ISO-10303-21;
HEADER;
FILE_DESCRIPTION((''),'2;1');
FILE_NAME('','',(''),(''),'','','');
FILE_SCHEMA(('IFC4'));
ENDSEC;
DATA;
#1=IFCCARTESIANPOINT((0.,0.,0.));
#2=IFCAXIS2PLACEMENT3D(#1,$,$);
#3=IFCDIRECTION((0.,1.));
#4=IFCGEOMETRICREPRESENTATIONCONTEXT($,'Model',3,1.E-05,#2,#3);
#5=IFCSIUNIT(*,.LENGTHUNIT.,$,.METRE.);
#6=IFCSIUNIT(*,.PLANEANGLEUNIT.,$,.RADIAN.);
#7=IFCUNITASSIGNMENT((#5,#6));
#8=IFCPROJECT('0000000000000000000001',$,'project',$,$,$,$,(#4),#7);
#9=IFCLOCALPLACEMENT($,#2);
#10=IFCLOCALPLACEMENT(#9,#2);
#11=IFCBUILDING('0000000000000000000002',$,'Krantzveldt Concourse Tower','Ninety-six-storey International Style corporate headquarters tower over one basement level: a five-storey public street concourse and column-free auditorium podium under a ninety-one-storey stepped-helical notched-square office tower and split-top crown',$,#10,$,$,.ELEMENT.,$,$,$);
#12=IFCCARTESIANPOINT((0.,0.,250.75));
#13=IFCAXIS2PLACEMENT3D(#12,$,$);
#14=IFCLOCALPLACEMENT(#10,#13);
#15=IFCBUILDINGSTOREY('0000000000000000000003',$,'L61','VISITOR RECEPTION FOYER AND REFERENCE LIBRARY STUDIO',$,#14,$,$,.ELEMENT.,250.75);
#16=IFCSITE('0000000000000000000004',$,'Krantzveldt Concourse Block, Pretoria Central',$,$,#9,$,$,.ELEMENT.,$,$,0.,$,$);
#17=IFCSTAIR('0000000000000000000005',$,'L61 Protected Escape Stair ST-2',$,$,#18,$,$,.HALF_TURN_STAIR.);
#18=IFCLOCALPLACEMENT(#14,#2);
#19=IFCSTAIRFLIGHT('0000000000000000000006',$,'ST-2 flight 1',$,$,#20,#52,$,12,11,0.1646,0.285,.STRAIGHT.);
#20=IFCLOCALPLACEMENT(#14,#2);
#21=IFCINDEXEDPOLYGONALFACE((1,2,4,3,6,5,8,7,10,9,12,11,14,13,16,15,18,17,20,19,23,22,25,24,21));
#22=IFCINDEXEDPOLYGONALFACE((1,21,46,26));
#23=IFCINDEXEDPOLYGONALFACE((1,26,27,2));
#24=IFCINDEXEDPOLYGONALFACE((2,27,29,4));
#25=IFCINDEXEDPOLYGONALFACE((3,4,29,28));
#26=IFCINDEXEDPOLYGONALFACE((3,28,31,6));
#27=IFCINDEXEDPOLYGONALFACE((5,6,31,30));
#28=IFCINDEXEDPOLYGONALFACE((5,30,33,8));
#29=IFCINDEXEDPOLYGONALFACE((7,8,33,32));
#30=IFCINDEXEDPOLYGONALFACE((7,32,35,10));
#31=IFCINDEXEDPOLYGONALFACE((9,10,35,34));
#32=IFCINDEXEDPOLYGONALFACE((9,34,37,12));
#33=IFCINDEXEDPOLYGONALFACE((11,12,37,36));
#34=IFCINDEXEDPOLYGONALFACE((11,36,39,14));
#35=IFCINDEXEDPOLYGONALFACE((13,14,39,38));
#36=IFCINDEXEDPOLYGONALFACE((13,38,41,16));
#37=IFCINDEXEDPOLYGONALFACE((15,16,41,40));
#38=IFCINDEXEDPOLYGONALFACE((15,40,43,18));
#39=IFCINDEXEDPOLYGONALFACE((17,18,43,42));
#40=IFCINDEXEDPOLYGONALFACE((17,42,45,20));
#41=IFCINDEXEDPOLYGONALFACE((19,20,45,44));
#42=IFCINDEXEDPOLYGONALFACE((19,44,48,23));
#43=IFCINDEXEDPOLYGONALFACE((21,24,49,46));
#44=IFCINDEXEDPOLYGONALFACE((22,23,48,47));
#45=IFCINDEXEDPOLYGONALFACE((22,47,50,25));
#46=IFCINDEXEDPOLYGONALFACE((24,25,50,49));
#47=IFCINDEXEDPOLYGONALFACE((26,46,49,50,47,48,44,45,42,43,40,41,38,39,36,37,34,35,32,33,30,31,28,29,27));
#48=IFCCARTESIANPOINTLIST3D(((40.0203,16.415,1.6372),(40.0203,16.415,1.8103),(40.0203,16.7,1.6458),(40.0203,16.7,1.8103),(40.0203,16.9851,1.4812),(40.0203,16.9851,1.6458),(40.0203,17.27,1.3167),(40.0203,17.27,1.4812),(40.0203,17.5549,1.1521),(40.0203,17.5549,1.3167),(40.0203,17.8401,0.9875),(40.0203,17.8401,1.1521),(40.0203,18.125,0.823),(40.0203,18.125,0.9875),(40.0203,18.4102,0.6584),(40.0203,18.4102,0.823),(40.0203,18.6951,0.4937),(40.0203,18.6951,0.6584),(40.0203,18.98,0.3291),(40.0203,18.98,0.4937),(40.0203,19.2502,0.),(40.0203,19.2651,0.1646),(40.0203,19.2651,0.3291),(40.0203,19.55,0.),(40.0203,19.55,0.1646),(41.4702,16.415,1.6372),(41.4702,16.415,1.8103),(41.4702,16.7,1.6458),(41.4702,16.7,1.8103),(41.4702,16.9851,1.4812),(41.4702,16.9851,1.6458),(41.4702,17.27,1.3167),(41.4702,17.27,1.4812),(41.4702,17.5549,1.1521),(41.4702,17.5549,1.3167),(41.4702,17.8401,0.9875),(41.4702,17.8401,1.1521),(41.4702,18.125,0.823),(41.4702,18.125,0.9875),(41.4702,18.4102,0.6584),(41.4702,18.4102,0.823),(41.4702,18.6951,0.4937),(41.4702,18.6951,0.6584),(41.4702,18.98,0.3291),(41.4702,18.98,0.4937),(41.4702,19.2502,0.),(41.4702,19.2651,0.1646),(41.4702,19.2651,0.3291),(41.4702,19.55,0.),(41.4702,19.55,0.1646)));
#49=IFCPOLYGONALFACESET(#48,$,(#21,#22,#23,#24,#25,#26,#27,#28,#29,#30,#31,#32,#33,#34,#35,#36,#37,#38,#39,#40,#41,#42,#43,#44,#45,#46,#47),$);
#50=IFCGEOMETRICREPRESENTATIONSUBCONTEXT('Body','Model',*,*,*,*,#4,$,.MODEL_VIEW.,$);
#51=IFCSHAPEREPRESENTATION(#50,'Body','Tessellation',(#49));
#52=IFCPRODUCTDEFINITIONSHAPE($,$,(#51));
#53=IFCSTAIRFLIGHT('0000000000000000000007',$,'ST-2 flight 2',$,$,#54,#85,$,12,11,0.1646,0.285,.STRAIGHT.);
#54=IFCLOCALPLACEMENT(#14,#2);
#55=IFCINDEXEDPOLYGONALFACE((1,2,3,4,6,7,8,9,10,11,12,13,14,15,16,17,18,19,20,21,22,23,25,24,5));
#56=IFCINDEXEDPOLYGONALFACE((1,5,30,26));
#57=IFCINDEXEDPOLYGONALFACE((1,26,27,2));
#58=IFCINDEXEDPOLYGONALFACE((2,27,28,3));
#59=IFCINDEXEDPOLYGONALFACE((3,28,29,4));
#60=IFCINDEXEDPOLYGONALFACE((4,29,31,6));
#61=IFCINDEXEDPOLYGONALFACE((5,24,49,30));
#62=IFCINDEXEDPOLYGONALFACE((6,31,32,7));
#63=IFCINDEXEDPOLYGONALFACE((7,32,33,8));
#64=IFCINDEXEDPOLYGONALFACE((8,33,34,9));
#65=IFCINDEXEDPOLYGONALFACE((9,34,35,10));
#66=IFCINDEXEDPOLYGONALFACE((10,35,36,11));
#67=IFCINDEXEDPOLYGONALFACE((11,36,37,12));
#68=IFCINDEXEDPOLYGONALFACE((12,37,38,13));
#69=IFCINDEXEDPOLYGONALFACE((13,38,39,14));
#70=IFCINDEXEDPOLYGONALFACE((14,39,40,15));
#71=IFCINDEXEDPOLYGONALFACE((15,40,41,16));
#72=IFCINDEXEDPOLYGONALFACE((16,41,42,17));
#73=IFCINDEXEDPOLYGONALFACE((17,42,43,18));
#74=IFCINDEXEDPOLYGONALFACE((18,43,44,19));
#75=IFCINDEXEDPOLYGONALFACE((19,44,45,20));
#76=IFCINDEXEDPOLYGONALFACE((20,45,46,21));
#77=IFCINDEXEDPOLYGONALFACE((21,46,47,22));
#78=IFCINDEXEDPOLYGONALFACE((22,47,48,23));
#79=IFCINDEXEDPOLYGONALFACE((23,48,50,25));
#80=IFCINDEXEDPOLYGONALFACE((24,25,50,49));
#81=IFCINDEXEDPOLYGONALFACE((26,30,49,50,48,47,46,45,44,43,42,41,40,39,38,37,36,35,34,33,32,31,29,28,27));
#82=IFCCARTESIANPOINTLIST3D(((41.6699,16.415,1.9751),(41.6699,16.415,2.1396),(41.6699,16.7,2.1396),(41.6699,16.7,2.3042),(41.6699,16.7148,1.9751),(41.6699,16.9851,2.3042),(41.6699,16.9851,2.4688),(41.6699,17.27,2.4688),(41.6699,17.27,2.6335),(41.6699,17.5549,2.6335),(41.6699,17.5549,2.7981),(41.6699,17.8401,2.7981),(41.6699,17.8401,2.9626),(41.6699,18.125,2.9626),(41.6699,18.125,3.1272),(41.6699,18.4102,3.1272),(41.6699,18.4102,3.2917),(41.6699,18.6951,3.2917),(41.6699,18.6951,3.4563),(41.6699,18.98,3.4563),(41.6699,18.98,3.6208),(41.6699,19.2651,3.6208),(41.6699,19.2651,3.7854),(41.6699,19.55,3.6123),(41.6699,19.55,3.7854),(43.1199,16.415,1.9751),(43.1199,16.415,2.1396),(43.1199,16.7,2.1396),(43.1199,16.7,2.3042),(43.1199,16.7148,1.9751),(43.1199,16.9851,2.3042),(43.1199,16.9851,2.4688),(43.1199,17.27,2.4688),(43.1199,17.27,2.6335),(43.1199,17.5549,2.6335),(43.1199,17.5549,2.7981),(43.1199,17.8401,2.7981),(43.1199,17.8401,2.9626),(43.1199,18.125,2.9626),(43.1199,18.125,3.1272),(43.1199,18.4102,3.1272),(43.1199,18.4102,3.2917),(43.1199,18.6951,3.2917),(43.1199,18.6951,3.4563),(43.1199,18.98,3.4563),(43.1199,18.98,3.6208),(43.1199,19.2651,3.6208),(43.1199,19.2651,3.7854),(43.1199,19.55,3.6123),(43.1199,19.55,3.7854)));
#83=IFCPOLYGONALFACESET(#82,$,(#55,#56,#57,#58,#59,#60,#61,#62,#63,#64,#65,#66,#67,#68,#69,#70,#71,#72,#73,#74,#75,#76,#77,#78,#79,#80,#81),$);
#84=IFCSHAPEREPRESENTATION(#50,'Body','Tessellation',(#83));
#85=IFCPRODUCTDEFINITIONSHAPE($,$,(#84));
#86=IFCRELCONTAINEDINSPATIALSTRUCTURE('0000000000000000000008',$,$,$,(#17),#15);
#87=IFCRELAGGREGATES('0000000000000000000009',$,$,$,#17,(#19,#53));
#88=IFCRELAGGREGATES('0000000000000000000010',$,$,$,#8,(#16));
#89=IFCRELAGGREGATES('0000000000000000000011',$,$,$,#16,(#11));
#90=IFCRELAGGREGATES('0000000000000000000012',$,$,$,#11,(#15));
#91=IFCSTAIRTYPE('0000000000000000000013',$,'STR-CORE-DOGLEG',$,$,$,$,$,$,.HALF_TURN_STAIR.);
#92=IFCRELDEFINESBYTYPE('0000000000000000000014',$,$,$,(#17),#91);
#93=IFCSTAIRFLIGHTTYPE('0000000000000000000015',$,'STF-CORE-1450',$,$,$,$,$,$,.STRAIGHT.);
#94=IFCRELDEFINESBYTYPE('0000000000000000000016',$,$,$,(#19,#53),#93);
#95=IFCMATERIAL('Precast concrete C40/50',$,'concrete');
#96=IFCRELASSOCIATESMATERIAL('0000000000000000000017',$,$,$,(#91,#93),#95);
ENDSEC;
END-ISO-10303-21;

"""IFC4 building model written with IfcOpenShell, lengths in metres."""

from ifc_helpers import new_model, si_unit, direction, frame, origin, place, context, subcontext, project, spatial, polyline, outline, extrude, material, type_object, element, aggregate, save


model = new_model("IFC4")

# Units and contexts
model_context = context("Model", 3, precision=1e-05, world=origin(), true_north=direction((0.0, 1.0)))
body_context = subcontext(model_context, "Body", "Model", "MODEL_VIEW")
ifc_project = project(units=[si_unit("LENGTHUNIT", "METRE"), si_unit("PLANEANGLEUNIT", "RADIAN")], contexts=[model_context])

# Site, building, storey
site_placement = place(None, origin())
site = spatial("IfcSite", under=ifc_project, at=site_placement, Name="Krantzveldt Concourse Block, Pretoria Central", CompositionType="ELEMENT", RefElevation=0.0)
building_placement = place(site_placement, origin())
building = spatial("IfcBuilding", under=site, at=building_placement, Name="Krantzveldt Concourse Tower", Description="Ninety-six-storey International Style corporate headquarters tower over one basement level: a five-storey public street concourse and column-free auditorium podium under a ninety-one-storey stepped-helical notched-square office tower and split-top crown", CompositionType="ELEMENT")
storey_placement = place(building_placement, frame((0.0, 0.0, 250.75)))
storey = spatial("IfcBuildingStorey", under=building, at=storey_placement, Name="L61", Description="VISITOR RECEPTION FOYER AND REFERENCE LIBRARY STUDIO", CompositionType="ELEMENT", Elevation=250.75)

# Stair, stair flights
ifc_material_1 = material(Name="Precast concrete C40/50", Category="concrete")
stair_type = type_object("IfcStairType", Name="STR-CORE-DOGLEG", PredefinedType="HALF_TURN_STAIR", material=ifc_material_1)
stair_placement = place(storey_placement, origin())
stair = element("IfcStair", 1, at=stair_placement, inside=storey, type_object=stair_type, Name="L61 Protected Escape Stair ST-2", PredefinedType="HALF_TURN_STAIR")
stair_flight_type = type_object("IfcStairFlightType", Name="STF-CORE-1450", PredefinedType="STRAIGHT", material=ifc_material_1)
stair_flight_1_placement = place(storey_placement, frame((40.7451, 19.55, 0.0), z_axis=(0.0, 0.0, 1.0), x_axis=(0.0, -1.0, 0.0)))
stair_flight_1 = element("IfcStairFlight", 2, at=stair_flight_1_placement, type_object=stair_flight_type, Name="ST-2 flight 1", NumberOfRisers=12, NumberOfTreads=11, PredefinedType="STRAIGHT", RiserHeight=0.1646, TreadLength=0.285, context=body_context, shape_type="SweptSolid", body=[
    extrude(outline(polyline([(0.0, 0.0), (0.0, 0.1646), (0.2849, 0.1646), (0.2849, 0.3291), (0.5701, 0.3291), (0.5701, 0.4937), (0.855, 0.4937), (0.855, 0.6584), (1.1399, 0.6584), (1.1399, 0.823), (1.425, 0.823), (1.425, 0.9875), (1.71, 0.9875), (1.71, 1.1521), (1.9951, 1.1521), (1.9951, 1.3167), (2.28, 1.3167), (2.28, 1.4812), (2.5649, 1.4812), (2.5649, 1.6458), (2.8501, 1.6458), (2.8501, 1.8103), (3.135, 1.8103), (3.135, 1.9751), (3.135, 1.6372), (0.2998, 0.0), (0.0, 0.0)])), frame((0.0, 0.7251, 0.0), z_axis=(0.0, -1.0, 0.0), x_axis=(1.0, 0.0, 0.0)), (0.0, 0.0, 1.0), 1.45),
])
stair_flight_2_placement = place(storey_placement, frame((42.395, 16.415, 1.9751), z_axis=(0.0, 0.0, 1.0), x_axis=(0.0, 1.0, 0.0)))
stair_flight_2 = element("IfcStairFlight", 3, at=stair_flight_2_placement, type_object=stair_flight_type, Name="ST-2 flight 2", NumberOfRisers=12, NumberOfTreads=11, PredefinedType="STRAIGHT", RiserHeight=0.1646, TreadLength=0.285, context=body_context, shape_type="SweptSolid", body=[
    extrude(outline(polyline([(0.0, 0.0), (0.0, 0.1646), (0.2849, 0.1646), (0.2849, 0.3291), (0.5701, 0.3291), (0.5701, 0.4937), (0.855, 0.4937), (0.855, 0.6584), (1.1399, 0.6584), (1.1399, 0.823), (1.425, 0.823), (1.425, 0.9875), (1.71, 0.9875), (1.71, 1.1521), (1.9951, 1.1521), (1.9951, 1.3167), (2.28, 1.3167), (2.28, 1.4812), (2.5649, 1.4812), (2.5649, 1.6458), (2.8501, 1.6458), (2.8501, 1.8103), (3.135, 1.8103), (3.135, 1.9751), (3.135, 1.6372), (0.2998, 0.0), (0.0, 0.0)])), frame((0.0, 0.7251, 0.0), z_axis=(0.0, -1.0, 0.0), x_axis=(1.0, 0.0, 0.0)), (0.0, 0.0, 1.0), 1.45),
])
aggregate(stair, [stair_flight_1, stair_flight_2])

save(model, "model.ifc")
